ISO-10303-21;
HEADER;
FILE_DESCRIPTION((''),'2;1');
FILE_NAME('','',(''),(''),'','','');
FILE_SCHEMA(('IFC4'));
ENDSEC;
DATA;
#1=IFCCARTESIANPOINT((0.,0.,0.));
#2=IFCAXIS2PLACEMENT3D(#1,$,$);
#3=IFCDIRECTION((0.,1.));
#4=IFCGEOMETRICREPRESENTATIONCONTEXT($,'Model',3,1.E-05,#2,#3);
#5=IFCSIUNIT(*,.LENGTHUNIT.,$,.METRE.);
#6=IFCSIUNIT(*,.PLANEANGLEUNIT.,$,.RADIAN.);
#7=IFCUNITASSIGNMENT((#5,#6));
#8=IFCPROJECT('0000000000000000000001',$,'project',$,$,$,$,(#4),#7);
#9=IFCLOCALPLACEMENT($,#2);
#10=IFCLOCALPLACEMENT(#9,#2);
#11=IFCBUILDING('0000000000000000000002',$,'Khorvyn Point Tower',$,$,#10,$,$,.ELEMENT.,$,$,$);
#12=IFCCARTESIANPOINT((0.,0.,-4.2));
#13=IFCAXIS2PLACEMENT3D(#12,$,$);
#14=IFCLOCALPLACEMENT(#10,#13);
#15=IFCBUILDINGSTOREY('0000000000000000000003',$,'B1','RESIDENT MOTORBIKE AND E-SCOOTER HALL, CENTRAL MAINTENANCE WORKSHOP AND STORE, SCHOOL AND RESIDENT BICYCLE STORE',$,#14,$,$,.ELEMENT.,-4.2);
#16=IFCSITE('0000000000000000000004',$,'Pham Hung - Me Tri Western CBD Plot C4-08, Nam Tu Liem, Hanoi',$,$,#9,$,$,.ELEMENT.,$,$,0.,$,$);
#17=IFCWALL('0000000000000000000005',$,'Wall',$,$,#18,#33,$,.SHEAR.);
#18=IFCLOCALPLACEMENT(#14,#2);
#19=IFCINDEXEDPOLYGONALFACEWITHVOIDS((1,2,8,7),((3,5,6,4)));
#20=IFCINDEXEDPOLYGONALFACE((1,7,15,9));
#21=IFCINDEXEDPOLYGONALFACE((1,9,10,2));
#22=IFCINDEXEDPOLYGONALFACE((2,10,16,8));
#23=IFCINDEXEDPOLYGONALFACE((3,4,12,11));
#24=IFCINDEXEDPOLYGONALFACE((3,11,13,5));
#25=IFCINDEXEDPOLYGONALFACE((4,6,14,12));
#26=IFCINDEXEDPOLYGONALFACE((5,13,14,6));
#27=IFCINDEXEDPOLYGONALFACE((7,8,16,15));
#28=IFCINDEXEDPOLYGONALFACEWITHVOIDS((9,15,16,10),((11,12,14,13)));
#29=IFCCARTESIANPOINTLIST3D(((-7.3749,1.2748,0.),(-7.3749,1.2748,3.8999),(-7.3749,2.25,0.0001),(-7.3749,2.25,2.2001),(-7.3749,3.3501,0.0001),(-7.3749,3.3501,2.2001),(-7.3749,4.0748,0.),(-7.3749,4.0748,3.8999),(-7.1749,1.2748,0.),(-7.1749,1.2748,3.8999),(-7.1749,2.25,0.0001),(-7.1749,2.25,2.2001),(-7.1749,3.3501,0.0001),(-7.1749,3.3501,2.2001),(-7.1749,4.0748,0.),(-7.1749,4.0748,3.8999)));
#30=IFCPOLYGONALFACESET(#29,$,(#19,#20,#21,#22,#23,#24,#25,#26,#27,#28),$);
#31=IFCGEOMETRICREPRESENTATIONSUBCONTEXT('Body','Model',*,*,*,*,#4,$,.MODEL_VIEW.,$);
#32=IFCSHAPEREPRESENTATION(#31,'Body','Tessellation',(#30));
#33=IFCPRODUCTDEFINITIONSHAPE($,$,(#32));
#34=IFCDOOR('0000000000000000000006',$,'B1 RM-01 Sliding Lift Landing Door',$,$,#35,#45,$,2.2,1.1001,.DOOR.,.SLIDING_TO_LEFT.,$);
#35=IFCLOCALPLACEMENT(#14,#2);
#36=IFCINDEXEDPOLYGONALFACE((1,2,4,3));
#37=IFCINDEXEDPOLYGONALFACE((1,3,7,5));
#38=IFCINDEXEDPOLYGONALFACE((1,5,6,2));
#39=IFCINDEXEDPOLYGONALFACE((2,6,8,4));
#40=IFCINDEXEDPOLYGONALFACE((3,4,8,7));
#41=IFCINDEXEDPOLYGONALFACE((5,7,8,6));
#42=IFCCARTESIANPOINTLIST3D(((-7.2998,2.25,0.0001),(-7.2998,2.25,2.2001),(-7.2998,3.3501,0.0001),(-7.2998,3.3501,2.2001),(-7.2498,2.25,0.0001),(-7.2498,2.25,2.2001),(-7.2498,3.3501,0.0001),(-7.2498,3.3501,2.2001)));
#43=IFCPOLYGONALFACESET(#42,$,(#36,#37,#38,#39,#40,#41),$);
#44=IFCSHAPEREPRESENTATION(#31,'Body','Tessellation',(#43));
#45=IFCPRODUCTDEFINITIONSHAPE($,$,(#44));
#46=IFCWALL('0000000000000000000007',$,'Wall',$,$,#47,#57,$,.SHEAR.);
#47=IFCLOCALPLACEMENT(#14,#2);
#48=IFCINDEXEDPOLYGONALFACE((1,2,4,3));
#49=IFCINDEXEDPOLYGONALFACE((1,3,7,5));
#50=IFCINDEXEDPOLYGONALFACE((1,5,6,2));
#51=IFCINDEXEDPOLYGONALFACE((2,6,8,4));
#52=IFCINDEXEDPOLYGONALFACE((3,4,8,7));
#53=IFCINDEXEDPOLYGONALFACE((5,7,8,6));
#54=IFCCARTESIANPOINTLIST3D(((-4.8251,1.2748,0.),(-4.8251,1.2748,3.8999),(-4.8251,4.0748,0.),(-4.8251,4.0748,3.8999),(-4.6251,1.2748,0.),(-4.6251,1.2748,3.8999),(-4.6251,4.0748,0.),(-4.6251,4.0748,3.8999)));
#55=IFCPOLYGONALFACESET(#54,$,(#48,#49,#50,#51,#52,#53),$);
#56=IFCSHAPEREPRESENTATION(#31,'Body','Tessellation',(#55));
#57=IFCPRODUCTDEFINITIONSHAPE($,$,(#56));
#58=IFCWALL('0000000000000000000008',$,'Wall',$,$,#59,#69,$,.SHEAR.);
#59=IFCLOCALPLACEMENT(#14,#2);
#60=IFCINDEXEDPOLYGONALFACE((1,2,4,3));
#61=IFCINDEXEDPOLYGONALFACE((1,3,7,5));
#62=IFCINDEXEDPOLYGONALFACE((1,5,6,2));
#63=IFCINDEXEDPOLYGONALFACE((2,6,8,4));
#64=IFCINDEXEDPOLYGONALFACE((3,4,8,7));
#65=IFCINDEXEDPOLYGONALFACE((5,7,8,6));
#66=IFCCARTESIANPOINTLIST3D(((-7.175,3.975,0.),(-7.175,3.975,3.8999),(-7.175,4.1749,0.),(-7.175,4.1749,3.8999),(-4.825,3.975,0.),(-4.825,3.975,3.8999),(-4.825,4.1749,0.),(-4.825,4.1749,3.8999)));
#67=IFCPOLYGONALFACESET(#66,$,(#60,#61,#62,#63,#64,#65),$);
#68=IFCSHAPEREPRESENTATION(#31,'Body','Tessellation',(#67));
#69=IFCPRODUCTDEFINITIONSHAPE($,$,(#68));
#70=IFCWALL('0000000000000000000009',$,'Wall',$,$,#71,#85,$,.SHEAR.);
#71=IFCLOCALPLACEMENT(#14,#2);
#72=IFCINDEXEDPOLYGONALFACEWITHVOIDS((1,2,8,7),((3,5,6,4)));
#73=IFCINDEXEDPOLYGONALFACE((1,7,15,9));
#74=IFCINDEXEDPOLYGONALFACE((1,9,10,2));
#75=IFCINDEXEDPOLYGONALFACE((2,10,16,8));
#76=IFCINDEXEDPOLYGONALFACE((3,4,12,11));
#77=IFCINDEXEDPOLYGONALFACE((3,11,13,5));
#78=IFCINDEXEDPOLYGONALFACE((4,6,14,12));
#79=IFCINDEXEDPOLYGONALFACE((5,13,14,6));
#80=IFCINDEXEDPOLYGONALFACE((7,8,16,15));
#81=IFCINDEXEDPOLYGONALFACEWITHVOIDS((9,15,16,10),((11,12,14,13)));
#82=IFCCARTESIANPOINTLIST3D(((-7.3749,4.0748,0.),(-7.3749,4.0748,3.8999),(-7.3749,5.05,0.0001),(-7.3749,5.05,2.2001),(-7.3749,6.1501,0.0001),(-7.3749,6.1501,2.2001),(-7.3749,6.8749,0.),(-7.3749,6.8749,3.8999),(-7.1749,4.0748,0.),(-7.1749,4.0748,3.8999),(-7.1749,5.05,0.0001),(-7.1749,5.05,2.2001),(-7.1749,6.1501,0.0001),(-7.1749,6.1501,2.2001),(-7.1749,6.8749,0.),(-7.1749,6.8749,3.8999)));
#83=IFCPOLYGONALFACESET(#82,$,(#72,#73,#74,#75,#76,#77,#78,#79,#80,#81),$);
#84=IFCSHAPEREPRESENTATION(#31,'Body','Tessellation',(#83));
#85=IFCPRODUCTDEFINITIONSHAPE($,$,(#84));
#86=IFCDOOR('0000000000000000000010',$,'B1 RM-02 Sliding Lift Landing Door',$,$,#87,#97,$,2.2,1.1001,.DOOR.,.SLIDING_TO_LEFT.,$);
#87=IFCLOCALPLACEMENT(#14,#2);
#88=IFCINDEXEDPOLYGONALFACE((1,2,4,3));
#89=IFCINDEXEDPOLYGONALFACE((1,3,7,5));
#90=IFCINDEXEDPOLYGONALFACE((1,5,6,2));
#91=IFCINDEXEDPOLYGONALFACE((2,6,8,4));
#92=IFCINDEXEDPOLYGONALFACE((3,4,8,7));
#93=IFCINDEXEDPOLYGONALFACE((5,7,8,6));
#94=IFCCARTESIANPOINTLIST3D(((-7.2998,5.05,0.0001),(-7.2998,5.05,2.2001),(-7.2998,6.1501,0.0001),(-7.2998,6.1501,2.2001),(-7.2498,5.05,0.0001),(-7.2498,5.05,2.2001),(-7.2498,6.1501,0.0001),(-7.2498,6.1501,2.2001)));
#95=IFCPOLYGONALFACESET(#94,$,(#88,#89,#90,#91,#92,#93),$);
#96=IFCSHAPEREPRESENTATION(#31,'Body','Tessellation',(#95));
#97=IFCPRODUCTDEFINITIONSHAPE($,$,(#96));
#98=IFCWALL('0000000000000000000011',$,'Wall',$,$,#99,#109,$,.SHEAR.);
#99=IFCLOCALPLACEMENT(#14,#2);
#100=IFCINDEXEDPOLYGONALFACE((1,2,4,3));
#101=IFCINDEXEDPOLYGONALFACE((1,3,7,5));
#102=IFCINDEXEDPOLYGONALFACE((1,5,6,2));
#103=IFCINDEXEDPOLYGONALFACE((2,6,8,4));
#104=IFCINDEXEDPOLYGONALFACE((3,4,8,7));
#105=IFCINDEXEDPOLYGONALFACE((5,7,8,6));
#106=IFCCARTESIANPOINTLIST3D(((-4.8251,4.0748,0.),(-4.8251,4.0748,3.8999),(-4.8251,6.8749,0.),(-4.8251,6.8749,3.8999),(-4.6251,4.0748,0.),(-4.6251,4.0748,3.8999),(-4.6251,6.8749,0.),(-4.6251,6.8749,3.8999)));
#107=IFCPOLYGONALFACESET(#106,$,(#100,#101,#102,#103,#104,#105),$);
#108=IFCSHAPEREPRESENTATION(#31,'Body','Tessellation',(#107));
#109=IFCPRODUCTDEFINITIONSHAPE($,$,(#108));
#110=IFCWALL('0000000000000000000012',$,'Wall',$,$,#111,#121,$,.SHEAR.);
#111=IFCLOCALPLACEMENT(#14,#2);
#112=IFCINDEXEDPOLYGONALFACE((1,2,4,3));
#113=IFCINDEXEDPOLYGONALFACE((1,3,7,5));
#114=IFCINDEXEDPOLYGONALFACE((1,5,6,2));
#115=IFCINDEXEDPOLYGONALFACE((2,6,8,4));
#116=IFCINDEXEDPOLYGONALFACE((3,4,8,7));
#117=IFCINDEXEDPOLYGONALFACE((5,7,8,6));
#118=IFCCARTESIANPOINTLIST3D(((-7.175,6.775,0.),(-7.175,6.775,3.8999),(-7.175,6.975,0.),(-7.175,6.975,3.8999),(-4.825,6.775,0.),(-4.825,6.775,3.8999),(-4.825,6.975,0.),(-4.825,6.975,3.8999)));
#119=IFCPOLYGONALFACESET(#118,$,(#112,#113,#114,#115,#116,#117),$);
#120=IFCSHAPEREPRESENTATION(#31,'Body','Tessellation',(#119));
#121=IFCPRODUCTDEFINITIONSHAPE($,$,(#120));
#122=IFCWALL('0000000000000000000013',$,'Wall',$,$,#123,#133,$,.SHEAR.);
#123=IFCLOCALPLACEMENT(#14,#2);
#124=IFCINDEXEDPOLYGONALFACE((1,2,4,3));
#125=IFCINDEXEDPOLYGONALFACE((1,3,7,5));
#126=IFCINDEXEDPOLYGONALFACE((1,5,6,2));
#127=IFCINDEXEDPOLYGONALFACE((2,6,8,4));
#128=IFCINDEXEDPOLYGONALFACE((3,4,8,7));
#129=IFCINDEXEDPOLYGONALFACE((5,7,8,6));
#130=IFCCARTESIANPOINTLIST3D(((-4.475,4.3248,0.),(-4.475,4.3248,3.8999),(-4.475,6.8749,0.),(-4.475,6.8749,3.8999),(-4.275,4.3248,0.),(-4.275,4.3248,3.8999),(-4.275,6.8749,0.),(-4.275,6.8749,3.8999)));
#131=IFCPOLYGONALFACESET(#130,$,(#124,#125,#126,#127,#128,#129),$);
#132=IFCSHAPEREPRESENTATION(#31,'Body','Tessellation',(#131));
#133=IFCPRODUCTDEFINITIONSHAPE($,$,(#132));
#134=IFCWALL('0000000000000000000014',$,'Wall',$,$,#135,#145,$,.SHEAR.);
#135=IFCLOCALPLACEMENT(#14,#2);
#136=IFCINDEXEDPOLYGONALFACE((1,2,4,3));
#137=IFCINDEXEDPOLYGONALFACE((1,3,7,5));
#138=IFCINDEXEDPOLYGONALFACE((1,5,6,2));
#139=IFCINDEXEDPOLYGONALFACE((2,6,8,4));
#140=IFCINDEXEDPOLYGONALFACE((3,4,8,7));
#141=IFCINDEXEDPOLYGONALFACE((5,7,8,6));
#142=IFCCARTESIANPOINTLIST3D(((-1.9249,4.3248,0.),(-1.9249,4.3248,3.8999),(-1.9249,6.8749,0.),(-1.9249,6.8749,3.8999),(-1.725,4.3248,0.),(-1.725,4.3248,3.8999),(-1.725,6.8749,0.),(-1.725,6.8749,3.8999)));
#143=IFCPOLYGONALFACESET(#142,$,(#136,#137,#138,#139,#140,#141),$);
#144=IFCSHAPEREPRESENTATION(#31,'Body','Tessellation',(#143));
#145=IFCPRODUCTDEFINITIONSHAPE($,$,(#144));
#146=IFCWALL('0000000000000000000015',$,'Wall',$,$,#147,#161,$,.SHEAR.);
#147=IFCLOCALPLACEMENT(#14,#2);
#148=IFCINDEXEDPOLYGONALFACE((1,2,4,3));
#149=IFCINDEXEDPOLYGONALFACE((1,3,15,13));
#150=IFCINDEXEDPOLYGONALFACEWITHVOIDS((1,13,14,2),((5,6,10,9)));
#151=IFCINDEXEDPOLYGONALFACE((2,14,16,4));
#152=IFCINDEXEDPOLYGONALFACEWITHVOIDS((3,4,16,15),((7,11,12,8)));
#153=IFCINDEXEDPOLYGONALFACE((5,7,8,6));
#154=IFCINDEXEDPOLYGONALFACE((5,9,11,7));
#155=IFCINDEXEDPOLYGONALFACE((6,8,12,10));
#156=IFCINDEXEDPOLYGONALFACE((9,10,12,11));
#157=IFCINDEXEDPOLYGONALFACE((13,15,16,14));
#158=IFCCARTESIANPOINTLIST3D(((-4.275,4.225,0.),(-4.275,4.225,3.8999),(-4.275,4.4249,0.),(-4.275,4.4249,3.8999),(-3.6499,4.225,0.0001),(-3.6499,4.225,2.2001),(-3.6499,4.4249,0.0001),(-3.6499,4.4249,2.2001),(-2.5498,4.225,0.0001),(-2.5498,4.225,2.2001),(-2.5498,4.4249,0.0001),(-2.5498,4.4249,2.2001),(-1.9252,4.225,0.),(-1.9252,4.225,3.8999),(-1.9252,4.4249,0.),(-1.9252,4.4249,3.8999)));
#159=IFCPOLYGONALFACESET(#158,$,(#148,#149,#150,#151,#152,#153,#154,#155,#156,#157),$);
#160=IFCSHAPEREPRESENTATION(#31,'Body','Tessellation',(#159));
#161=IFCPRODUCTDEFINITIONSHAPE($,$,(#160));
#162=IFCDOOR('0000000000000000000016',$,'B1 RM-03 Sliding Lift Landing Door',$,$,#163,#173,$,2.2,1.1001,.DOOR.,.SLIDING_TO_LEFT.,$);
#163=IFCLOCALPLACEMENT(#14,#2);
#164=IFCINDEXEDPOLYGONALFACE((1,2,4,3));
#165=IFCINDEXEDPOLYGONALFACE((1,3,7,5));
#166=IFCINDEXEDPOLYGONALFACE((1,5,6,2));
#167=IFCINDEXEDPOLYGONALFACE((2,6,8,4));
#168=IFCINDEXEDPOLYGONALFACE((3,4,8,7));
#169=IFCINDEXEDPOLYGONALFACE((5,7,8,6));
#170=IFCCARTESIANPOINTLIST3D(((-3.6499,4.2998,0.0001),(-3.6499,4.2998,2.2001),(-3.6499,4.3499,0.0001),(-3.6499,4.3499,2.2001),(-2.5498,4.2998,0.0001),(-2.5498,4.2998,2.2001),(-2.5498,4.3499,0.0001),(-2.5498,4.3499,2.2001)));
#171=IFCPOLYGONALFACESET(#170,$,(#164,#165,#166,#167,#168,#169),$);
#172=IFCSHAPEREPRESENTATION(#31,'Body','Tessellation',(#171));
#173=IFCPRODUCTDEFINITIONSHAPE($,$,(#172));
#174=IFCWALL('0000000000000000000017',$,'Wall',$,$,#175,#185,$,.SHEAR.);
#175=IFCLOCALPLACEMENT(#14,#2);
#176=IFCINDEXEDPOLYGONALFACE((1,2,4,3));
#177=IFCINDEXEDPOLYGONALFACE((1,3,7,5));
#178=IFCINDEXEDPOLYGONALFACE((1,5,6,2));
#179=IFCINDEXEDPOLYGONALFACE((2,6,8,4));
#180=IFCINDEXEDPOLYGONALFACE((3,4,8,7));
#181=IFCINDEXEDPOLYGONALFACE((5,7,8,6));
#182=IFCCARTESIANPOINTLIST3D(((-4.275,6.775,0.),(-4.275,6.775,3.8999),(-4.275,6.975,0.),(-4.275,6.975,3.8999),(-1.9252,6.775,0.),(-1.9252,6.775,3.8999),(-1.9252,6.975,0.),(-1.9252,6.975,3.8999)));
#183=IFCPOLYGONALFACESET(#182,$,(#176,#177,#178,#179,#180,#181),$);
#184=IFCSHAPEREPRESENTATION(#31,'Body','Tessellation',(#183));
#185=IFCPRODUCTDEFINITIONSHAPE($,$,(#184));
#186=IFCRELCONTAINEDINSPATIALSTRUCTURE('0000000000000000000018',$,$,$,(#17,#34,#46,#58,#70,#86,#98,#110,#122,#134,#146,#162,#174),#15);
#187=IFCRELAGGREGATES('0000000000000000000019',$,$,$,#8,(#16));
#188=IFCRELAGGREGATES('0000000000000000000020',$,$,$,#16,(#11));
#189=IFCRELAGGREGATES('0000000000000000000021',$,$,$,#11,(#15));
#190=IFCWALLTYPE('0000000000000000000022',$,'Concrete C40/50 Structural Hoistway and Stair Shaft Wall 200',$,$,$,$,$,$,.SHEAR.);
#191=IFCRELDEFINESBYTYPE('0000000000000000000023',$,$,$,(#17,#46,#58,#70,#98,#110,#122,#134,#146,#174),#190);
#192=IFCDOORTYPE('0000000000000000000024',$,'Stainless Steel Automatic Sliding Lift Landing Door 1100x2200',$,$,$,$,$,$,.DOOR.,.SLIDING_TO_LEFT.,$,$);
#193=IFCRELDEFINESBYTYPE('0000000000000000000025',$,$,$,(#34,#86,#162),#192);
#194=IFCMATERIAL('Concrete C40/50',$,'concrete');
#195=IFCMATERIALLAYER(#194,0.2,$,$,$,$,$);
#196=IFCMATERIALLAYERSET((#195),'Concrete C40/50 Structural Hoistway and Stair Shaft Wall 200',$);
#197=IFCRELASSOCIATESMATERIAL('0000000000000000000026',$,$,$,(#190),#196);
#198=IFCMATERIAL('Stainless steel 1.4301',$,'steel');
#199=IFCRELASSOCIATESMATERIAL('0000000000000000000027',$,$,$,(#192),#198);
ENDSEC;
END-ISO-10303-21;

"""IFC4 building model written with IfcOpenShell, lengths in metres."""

from ifc_helpers import new_model, si_unit, direction, frame, frame_2d, origin, place, context, subcontext, project, spatial, rectangle, extrude, material, layer, layer_set, type_object, element, fill, save


model = new_model("IFC4")

# Units and contexts
model_context = context("Model", 3, precision=1e-05, world=origin(), true_north=direction((0.0, 1.0)))
body_context = subcontext(model_context, "Body", "Model", "MODEL_VIEW")
ifc_project = project(units=[si_unit("LENGTHUNIT", "METRE"), si_unit("PLANEANGLEUNIT", "RADIAN")], contexts=[model_context])

# Site, building, storey
site_placement = place(None, origin())
site = spatial("IfcSite", under=ifc_project, at=site_placement, Name="Pham Hung - Me Tri Western CBD Plot C4-08, Nam Tu Liem, Hanoi", CompositionType="ELEMENT", RefElevation=0.0)
building_placement = place(site_placement, origin())
building = spatial("IfcBuilding", under=site, at=building_placement, Name="Khorvyn Point Tower", CompositionType="ELEMENT")
storey_placement = place(building_placement, frame((0.0, 0.0, -4.2)))
storey = spatial("IfcBuildingStorey", under=building, at=storey_placement, Name="B1", Description="RESIDENT MOTORBIKE AND E-SCOOTER HALL, CENTRAL MAINTENANCE WORKSHOP AND STORE, SCHOOL AND RESIDENT BICYCLE STORE", CompositionType="ELEMENT", Elevation=-4.2)

# Shared definitions
ifc_material_1 = material(Name="Concrete C40/50", Category="concrete")

# Shared definitions
ifc_layer_1 = layer(ifc_material_1, 0.2)
ifc_layer_set_1 = layer_set([ifc_layer_1], Name="Concrete C40/50 Structural Hoistway and Stair Shaft Wall 200")
wall_type_1 = type_object("IfcWallType", Name="Concrete C40/50 Structural Hoistway and Stair Shaft Wall 200", PredefinedType="SHEAR", material=ifc_layer_set_1)

# Shared definitions
ifc_material_2 = material(Name="Stainless steel 1.4301", Category="steel")
door_type_1 = type_object("IfcDoorType", Name="Stainless Steel Automatic Sliding Lift Landing Door 1100x2200", OperationType="SLIDING_TO_LEFT", PredefinedType="DOOR", material=ifc_material_2)

# Wall, opening, door
wall_1_placement = place(storey_placement, frame((-7.2749, 1.2749, 0.0), z_axis=(0.0, 0.0, 1.0), x_axis=(0.0, 1.0, 0.0)))
wall_1 = element("IfcWall", 1, at=wall_1_placement, inside=storey, type_object=wall_type_1, Name="Wall", PredefinedType="SHEAR", context=body_context, shape_type="SweptSolid", body=[
    extrude(rectangle(XDim=2.8, YDim=0.2, at=frame_2d((1.3999, 0.0))), origin(), (0.0, 0.0, 1.0), 3.8999),
])
opening_1_placement = place(wall_1_placement, frame((0.9751, 0.0, 0.0)))
opening_1 = element("IfcOpeningElement", 2, at=opening_1_placement, cuts=wall_1, PredefinedType="OPENING", context=body_context, shape_type="SweptSolid", body=[
    extrude(rectangle(XDim=1.1001, YDim=2.2, at=frame_2d((0.55, 1.1001))), frame((0.0, 0.1099, 0.0), z_axis=(0.0, -1.0, 0.0), x_axis=(1.0, 0.0, 0.0)), (0.0, 0.0, 1.0), 0.22),
])
door_1_placement = place(opening_1_placement, origin())
door_1 = element("IfcDoor", 3, at=door_1_placement, inside=storey, type_object=door_type_1, Name="B1 RM-01 Sliding Lift Landing Door", OperationType="SLIDING_TO_LEFT", OverallHeight=2.2, OverallWidth=1.1001, PredefinedType="DOOR", context=body_context, shape_type="SweptSolid", body=[
    extrude(rectangle(XDim=1.1001, YDim=2.2, at=frame_2d((0.55, 1.1001))), frame((0.0, 0.0249, 0.0), z_axis=(0.0, -1.0, 0.0), x_axis=(1.0, 0.0, 0.0)), (0.0, 0.0, 1.0), 0.05),
])
fill(opening_1, door_1)

# Walls
wall_2_placement = place(storey_placement, frame((-4.7251, 1.2749, 0.0), z_axis=(0.0, 0.0, 1.0), x_axis=(0.0, 1.0, 0.0)))
element("IfcWall", 4, at=wall_2_placement, inside=storey, type_object=wall_type_1, Name="Wall", PredefinedType="SHEAR", context=body_context, shape_type="SweptSolid", body=[
    extrude(rectangle(XDim=2.8, YDim=0.2, at=frame_2d((1.3999, 0.0))), origin(), (0.0, 0.0, 1.0), 3.8999),
])
wall_3_placement = place(storey_placement, frame((-7.175, 4.075, 0.0), z_axis=(0.0, 0.0, 1.0), x_axis=(1.0, 0.0, 0.0)))
element("IfcWall", 5, at=wall_3_placement, inside=storey, type_object=wall_type_1, Name="Wall", PredefinedType="SHEAR", context=body_context, shape_type="SweptSolid", body=[
    extrude(rectangle(XDim=2.3501, YDim=0.2, at=frame_2d((1.175, 0.0))), origin(), (0.0, 0.0, 1.0), 3.8999),
])

# Wall, opening, door
wall_4_placement = place(storey_placement, frame((-7.2749, 4.075, 0.0), z_axis=(0.0, 0.0, 1.0), x_axis=(0.0, 1.0, 0.0)))
wall_4 = element("IfcWall", 6, at=wall_4_placement, inside=storey, type_object=wall_type_1, Name="Wall", PredefinedType="SHEAR", context=body_context, shape_type="SweptSolid", body=[
    extrude(rectangle(XDim=2.8, YDim=0.2, at=frame_2d((1.3999, 0.0))), origin(), (0.0, 0.0, 1.0), 3.8999),
])
opening_2_placement = place(wall_4_placement, frame((0.9751, 0.0, 0.0)))
opening_2 = element("IfcOpeningElement", 7, at=opening_2_placement, cuts=wall_4, PredefinedType="OPENING", context=body_context, shape_type="SweptSolid", body=[
    extrude(rectangle(XDim=1.1001, YDim=2.2, at=frame_2d((0.55, 1.1001))), frame((0.0, 0.1099, 0.0), z_axis=(0.0, -1.0, 0.0), x_axis=(1.0, 0.0, 0.0)), (0.0, 0.0, 1.0), 0.22),
])
door_2_placement = place(opening_2_placement, origin())
door_2 = element("IfcDoor", 8, at=door_2_placement, inside=storey, type_object=door_type_1, Name="B1 RM-02 Sliding Lift Landing Door", OperationType="SLIDING_TO_LEFT", OverallHeight=2.2, OverallWidth=1.1001, PredefinedType="DOOR", context=body_context, shape_type="SweptSolid", body=[
    extrude(rectangle(XDim=1.1001, YDim=2.2, at=frame_2d((0.55, 1.1001))), frame((0.0, 0.0249, 0.0), z_axis=(0.0, -1.0, 0.0), x_axis=(1.0, 0.0, 0.0)), (0.0, 0.0, 1.0), 0.05),
])
fill(opening_2, door_2)

# Walls
wall_5_placement = place(storey_placement, frame((-4.7251, 4.075, 0.0), z_axis=(0.0, 0.0, 1.0), x_axis=(0.0, 1.0, 0.0)))
element("IfcWall", 9, at=wall_5_placement, inside=storey, type_object=wall_type_1, Name="Wall", PredefinedType="SHEAR", context=body_context, shape_type="SweptSolid", body=[
    extrude(rectangle(XDim=2.8, YDim=0.2, at=frame_2d((1.3999, 0.0))), origin(), (0.0, 0.0, 1.0), 3.8999),
])
wall_6_placement = place(storey_placement, frame((-7.175, 6.875, 0.0), z_axis=(0.0, 0.0, 1.0), x_axis=(1.0, 0.0, 0.0)))
element("IfcWall", 10, at=wall_6_placement, inside=storey, type_object=wall_type_1, Name="Wall", PredefinedType="SHEAR", context=body_context, shape_type="SweptSolid", body=[
    extrude(rectangle(XDim=2.3501, YDim=0.2, at=frame_2d((1.175, 0.0))), origin(), (0.0, 0.0, 1.0), 3.8999),
])
for number, where, z_axis, x_axis, name in (
    (11, (-4.375, 4.325, 0.0), (0.0, 0.0, 1.0), (0.0, 1.0, 0.0), "Wall"),
    (12, (-1.825, 4.325, 0.0), (0.0, 0.0, 1.0), (0.0, 1.0, 0.0), "Wall"),
):
    element("IfcWall", number, at=place(storey_placement, frame(where, z_axis=z_axis, x_axis=x_axis)), inside=storey, type_object=wall_type_1, Name=name, PredefinedType="SHEAR", context=body_context, shape_type="SweptSolid", body=[
        extrude(rectangle(XDim=2.55, YDim=0.2, at=frame_2d((1.2749, 0.0))), origin(), (0.0, 0.0, 1.0), 3.8999),
    ])

# Wall, opening, door
wall_7_placement = place(storey_placement, frame((-4.2749, 4.325, 0.0), z_axis=(0.0, 0.0, 1.0), x_axis=(1.0, 0.0, 0.0)))
wall_7 = element("IfcWall", 13, at=wall_7_placement, inside=storey, type_object=wall_type_1, Name="Wall", PredefinedType="SHEAR", context=body_context, shape_type="SweptSolid", body=[
    extrude(rectangle(XDim=2.3499, YDim=0.2, at=frame_2d((1.1748, 0.0))), origin(), (0.0, 0.0, 1.0), 3.8999),
])
opening_3_placement = place(wall_7_placement, frame((0.625, 0.0, 0.0)))
opening_3 = element("IfcOpeningElement", 14, at=opening_3_placement, cuts=wall_7, PredefinedType="OPENING", context=body_context, shape_type="SweptSolid", body=[
    extrude(rectangle(XDim=1.1001, YDim=2.2, at=frame_2d((0.55, 1.1001))), frame((0.0, 0.1099, 0.0), z_axis=(0.0, -1.0, 0.0), x_axis=(1.0, 0.0, 0.0)), (0.0, 0.0, 1.0), 0.22),
])
door_3_placement = place(opening_3_placement, origin())
door_3 = element("IfcDoor", 15, at=door_3_placement, inside=storey, type_object=door_type_1, Name="B1 RM-03 Sliding Lift Landing Door", OperationType="SLIDING_TO_LEFT", OverallHeight=2.2, OverallWidth=1.1001, PredefinedType="DOOR", context=body_context, shape_type="SweptSolid", body=[
    extrude(rectangle(XDim=1.1001, YDim=2.2, at=frame_2d((0.55, 1.1001))), frame((0.0, 0.0249, 0.0), z_axis=(0.0, -1.0, 0.0), x_axis=(1.0, 0.0, 0.0)), (0.0, 0.0, 1.0), 0.05),
])
fill(opening_3, door_3)

# Wall
wall_8_placement = place(storey_placement, frame((-4.2749, 6.875, 0.0), z_axis=(0.0, 0.0, 1.0), x_axis=(1.0, 0.0, 0.0)))
element("IfcWall", 16, at=wall_8_placement, inside=storey, type_object=wall_type_1, Name="Wall", PredefinedType="SHEAR", context=body_context, shape_type="SweptSolid", body=[
    extrude(rectangle(XDim=2.3499, YDim=0.2, at=frame_2d((1.1748, 0.0))), origin(), (0.0, 0.0, 1.0), 3.8999),
])

save(model, "model.ifc")
